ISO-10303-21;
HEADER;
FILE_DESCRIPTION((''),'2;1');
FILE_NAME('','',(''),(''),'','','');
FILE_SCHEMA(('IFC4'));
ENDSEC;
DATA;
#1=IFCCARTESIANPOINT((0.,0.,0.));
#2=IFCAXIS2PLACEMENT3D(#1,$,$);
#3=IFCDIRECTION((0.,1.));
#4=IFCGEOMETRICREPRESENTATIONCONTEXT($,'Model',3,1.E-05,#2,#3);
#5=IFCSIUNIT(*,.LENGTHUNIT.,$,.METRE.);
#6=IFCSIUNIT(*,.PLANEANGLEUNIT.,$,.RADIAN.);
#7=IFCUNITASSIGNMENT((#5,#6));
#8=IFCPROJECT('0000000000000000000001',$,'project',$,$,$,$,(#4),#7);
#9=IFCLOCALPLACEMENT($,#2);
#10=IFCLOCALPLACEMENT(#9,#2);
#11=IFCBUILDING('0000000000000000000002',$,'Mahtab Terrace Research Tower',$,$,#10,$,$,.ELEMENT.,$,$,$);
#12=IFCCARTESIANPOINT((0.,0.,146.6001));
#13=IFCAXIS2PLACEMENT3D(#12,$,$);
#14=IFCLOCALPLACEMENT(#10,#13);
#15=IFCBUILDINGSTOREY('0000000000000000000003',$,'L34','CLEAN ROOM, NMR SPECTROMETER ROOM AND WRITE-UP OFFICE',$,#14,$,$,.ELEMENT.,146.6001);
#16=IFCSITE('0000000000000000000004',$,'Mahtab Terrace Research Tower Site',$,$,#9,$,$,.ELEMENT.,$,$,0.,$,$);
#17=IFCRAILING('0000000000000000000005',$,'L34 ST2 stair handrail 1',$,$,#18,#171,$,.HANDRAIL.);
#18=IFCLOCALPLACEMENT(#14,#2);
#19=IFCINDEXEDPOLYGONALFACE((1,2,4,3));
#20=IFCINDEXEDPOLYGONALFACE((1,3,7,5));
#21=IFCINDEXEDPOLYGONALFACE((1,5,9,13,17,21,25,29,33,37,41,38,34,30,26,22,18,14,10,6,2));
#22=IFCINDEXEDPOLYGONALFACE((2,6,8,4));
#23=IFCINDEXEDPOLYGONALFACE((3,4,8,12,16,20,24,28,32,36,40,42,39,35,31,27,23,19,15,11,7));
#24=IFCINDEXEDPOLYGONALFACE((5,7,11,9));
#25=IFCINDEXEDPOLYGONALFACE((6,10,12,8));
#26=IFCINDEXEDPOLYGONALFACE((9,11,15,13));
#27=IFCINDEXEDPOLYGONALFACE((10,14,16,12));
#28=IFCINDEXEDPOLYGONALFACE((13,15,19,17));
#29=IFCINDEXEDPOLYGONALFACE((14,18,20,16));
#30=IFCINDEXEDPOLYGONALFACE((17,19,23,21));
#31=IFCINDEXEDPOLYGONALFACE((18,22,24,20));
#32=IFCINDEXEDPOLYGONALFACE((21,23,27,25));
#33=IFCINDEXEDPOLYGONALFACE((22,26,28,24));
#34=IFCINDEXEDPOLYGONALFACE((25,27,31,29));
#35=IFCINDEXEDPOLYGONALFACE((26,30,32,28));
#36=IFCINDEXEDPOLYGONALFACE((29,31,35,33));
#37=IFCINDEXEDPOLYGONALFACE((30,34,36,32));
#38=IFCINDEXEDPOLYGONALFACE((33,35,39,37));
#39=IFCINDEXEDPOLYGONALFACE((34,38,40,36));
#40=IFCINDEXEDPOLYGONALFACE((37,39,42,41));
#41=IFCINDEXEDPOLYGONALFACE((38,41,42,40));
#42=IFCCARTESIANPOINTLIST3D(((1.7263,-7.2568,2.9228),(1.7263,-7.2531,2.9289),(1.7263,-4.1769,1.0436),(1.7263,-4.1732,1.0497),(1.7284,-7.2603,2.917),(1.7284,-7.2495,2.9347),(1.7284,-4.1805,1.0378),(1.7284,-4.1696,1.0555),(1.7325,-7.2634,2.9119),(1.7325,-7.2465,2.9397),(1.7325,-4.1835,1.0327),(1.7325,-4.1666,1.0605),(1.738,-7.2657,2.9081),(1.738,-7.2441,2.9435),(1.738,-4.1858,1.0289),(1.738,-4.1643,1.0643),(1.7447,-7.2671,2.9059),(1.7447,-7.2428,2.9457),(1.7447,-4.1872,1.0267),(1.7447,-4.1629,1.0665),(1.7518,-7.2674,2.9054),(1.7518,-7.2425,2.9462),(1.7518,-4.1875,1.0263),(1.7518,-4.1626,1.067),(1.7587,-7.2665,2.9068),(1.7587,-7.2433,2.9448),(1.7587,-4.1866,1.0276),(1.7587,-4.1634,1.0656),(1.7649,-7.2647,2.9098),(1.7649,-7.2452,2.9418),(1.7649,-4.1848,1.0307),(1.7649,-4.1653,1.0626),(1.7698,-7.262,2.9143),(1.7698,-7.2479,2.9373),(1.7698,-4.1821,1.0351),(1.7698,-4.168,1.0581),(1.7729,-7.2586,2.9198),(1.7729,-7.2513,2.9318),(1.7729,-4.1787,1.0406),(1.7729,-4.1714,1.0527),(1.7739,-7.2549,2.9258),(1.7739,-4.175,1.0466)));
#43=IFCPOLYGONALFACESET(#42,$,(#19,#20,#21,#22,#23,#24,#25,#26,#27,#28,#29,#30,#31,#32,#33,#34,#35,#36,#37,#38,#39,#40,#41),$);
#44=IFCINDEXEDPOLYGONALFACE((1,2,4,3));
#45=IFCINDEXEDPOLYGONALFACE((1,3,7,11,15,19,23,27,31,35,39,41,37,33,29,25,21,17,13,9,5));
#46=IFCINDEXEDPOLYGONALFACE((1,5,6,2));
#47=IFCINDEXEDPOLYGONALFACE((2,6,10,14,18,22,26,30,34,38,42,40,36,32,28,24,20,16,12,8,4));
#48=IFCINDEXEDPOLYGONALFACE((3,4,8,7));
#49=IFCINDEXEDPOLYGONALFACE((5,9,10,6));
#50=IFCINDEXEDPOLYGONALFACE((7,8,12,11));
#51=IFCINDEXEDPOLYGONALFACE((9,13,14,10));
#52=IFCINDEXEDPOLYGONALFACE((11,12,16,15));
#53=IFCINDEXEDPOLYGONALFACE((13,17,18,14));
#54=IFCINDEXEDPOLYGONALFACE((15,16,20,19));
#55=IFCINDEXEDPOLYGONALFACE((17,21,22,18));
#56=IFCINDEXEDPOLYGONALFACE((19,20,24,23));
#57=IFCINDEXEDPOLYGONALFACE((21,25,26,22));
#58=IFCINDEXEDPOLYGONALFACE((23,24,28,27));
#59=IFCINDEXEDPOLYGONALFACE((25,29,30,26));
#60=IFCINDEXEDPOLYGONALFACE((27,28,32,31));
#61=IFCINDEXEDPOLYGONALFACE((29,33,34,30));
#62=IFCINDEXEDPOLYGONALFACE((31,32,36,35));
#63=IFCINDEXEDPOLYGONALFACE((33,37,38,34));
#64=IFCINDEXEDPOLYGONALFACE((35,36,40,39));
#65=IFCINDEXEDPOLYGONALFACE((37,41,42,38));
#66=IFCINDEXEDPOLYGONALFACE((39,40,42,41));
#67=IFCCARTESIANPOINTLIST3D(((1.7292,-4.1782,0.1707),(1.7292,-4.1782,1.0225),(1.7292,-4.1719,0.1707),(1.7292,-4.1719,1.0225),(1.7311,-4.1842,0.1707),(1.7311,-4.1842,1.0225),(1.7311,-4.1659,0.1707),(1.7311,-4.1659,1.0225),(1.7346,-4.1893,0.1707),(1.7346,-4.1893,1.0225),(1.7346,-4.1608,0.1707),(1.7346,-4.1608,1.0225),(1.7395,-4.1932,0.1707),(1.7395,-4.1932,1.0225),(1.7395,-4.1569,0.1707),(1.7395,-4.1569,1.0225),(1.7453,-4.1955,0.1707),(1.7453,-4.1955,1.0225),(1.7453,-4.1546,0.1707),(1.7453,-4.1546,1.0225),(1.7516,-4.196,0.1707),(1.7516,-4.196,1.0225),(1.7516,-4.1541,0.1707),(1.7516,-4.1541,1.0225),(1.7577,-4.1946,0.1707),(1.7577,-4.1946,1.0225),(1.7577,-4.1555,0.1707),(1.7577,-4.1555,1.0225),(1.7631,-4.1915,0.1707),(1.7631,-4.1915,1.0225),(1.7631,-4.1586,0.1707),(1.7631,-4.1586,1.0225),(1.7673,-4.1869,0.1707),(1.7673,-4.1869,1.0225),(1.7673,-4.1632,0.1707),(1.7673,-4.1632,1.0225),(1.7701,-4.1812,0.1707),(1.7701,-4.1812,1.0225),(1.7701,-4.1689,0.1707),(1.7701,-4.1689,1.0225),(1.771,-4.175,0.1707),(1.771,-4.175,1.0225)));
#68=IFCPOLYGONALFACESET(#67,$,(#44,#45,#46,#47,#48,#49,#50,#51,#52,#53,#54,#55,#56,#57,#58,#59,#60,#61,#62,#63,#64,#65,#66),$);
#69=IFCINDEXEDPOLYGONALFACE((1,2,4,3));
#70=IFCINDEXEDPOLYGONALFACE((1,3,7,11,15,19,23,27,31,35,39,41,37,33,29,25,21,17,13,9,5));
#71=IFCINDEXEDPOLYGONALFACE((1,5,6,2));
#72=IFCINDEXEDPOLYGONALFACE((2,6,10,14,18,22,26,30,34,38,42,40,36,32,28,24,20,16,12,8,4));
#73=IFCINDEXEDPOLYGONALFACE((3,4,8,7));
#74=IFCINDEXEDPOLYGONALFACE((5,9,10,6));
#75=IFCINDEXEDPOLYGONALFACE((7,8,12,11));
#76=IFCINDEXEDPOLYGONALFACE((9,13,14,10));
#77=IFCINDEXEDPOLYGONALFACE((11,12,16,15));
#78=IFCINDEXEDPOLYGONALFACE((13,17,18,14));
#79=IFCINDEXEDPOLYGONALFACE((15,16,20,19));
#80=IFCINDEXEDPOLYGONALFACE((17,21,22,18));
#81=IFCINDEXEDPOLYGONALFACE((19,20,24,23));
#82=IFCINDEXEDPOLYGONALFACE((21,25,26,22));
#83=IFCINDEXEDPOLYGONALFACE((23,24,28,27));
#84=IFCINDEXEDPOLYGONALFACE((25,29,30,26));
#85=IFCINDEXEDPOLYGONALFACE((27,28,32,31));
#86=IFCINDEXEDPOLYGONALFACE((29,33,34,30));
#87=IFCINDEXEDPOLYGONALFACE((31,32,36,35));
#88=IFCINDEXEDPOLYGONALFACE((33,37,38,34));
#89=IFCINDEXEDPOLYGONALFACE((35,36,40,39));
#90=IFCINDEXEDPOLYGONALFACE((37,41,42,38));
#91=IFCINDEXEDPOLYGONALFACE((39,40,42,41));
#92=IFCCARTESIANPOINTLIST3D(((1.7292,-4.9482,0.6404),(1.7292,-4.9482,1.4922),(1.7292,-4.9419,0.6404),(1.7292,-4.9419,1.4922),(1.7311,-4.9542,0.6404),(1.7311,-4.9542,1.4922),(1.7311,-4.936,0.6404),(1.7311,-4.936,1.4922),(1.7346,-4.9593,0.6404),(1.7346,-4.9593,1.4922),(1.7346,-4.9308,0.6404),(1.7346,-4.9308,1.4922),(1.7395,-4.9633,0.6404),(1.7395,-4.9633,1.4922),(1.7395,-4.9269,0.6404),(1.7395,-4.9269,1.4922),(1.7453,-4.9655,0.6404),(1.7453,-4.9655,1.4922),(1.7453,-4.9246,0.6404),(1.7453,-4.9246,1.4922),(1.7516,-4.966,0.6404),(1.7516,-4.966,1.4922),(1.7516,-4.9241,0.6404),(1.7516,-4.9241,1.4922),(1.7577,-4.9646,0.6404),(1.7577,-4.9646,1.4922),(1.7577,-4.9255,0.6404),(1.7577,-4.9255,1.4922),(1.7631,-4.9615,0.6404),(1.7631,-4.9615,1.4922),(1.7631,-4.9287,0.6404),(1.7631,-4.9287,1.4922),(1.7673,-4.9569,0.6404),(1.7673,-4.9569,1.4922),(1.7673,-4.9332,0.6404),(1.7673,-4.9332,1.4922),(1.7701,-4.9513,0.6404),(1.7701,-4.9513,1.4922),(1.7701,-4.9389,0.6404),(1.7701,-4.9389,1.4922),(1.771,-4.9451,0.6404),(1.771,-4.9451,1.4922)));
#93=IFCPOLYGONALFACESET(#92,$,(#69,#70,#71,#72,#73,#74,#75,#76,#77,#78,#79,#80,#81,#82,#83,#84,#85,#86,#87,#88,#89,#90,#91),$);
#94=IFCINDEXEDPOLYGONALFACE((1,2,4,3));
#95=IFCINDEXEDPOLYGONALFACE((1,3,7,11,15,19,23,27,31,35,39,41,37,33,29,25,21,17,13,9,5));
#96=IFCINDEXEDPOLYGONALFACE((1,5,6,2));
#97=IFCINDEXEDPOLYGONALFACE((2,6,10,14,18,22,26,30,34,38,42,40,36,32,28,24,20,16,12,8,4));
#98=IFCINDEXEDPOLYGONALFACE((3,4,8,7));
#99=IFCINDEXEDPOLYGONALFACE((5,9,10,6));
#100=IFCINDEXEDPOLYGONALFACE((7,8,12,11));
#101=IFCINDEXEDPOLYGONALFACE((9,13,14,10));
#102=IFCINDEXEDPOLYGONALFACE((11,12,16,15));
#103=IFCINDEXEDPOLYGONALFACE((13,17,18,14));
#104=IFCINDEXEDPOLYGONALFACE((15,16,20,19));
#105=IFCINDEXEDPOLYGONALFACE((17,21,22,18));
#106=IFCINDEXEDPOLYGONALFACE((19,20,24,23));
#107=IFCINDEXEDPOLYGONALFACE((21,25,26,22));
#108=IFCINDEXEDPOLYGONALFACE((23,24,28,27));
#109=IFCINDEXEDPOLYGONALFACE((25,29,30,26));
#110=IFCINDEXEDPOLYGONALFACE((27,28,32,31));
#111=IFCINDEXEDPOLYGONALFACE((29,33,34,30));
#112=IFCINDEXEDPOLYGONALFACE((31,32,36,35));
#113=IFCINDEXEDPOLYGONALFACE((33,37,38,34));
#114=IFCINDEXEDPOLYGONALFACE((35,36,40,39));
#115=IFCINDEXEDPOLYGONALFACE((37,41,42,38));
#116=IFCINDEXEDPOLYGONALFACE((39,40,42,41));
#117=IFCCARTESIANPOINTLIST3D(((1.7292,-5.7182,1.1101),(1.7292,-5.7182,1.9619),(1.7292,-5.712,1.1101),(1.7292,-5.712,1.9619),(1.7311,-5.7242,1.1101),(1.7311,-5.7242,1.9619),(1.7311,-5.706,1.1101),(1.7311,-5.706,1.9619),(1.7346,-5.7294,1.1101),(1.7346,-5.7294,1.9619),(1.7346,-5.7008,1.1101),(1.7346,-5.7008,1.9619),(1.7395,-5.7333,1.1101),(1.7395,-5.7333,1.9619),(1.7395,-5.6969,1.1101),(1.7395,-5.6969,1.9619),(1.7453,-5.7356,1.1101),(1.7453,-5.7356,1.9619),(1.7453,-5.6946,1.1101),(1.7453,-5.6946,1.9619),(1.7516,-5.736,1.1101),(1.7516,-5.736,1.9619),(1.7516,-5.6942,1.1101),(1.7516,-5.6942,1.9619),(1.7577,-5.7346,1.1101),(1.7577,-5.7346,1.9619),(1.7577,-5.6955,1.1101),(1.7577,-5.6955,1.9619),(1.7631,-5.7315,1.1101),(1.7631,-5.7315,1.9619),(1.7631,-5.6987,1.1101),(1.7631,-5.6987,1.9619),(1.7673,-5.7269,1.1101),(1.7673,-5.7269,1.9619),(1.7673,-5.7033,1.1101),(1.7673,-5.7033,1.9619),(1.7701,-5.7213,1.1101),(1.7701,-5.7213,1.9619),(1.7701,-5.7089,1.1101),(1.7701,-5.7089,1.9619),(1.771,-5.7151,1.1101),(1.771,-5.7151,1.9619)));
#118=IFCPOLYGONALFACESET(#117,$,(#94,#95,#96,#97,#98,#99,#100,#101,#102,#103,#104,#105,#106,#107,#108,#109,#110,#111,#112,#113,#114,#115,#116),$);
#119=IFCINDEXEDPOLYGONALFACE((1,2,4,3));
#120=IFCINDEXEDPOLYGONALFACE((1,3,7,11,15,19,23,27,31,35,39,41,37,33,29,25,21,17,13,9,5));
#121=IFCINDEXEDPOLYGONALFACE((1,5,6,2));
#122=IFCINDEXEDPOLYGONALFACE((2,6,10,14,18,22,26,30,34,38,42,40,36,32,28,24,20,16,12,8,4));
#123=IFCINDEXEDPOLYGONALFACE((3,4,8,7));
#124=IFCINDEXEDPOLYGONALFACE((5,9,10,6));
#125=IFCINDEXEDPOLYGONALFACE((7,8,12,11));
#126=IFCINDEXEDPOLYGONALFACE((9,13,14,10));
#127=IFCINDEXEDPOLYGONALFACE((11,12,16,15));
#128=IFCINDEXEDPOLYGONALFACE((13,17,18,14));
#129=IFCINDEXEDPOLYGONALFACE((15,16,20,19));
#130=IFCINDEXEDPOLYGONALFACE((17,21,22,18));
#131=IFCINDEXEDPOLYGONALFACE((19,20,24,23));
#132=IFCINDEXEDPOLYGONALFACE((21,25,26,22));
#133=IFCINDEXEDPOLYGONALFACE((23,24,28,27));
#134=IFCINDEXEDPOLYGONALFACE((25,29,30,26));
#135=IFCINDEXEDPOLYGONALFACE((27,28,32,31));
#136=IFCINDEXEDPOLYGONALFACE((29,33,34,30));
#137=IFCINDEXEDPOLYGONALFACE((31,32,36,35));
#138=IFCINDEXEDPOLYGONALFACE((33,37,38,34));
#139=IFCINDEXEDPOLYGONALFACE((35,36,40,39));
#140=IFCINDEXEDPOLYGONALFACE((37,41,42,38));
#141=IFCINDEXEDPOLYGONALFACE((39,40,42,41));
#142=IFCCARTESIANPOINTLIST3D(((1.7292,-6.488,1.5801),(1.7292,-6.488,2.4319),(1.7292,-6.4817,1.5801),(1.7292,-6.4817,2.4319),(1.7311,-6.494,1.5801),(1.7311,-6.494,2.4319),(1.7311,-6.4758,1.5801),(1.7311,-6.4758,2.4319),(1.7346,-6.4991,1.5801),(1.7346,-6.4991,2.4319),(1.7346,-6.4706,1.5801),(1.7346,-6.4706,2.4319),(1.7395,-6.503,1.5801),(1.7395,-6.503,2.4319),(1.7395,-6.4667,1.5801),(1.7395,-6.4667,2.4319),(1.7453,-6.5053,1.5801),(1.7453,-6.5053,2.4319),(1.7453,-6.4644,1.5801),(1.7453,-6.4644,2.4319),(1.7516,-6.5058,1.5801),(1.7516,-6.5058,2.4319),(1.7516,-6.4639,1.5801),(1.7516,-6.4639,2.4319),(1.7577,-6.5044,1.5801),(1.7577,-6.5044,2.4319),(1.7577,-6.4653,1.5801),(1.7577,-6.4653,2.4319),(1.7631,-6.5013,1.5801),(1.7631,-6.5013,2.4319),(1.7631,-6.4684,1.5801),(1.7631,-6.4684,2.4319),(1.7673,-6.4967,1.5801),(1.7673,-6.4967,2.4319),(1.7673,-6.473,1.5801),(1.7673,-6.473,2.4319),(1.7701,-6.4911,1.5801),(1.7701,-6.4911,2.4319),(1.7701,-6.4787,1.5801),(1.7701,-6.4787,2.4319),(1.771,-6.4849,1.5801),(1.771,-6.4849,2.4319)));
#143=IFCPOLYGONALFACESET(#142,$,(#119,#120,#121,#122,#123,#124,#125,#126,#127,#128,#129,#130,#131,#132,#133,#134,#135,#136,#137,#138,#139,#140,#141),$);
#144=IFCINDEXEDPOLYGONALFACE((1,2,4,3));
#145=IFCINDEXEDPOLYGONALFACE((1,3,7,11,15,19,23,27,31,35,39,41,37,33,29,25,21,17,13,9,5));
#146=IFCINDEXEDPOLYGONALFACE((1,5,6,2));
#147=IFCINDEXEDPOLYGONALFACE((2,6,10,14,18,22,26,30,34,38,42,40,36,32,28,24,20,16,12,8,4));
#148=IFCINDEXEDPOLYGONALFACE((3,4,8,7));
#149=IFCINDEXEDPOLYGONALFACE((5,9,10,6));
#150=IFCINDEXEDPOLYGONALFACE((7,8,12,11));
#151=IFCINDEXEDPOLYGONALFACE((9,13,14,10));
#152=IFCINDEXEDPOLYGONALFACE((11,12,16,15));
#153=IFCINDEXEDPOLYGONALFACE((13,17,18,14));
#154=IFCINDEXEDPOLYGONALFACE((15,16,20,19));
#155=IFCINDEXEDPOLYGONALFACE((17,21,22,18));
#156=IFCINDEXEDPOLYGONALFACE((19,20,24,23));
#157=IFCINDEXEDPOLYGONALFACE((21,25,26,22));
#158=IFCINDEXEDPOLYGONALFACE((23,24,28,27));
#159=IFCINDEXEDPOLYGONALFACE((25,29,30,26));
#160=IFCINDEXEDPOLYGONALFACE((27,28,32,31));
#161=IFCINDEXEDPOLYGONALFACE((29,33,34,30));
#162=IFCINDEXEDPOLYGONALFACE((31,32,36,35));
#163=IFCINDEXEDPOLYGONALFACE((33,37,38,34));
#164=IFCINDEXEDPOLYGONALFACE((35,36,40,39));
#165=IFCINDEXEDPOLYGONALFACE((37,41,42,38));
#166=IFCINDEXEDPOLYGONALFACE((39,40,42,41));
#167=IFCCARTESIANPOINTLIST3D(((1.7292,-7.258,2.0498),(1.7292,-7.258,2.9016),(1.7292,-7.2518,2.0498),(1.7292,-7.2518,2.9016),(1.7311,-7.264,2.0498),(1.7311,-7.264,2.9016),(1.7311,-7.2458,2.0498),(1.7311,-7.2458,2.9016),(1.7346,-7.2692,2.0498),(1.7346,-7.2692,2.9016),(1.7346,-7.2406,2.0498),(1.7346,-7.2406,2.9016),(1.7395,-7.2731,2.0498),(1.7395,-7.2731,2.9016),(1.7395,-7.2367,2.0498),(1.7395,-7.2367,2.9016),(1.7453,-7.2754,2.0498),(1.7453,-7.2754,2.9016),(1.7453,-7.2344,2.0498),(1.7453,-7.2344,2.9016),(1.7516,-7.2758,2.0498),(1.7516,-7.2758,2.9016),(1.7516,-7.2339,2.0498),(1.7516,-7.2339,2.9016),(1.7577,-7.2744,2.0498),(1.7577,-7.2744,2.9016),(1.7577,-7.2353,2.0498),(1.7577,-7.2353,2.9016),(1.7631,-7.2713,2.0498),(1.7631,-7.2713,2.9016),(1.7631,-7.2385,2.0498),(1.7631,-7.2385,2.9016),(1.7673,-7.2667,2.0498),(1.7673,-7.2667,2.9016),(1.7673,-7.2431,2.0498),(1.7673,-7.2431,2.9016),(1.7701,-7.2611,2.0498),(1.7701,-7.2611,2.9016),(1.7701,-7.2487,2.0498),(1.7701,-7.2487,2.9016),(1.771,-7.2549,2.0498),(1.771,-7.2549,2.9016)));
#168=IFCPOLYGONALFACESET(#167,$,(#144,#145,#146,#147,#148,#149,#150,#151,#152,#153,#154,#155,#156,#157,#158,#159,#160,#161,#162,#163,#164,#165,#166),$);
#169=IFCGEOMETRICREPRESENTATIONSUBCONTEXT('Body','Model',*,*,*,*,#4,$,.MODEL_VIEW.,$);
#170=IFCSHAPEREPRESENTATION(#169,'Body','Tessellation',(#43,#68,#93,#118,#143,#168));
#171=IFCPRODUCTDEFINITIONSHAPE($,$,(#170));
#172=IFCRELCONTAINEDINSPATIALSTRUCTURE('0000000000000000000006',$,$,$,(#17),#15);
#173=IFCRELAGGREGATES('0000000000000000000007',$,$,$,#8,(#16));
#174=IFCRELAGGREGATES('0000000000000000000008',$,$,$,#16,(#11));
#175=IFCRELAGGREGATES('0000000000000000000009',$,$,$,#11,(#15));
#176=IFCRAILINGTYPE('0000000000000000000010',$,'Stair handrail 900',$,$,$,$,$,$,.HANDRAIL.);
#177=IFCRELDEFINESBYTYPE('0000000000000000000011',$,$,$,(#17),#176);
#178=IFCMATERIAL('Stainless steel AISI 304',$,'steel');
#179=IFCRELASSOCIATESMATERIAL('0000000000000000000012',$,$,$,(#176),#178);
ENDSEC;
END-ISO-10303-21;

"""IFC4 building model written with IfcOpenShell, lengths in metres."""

from ifc_helpers import new_model, si_unit, direction, frame, origin, origin_2d, place, context, subcontext, project, spatial, circle, extrude, material, type_object, element, save


model = new_model("IFC4")

# Units and contexts
model_context = context("Model", 3, precision=1e-05, world=origin(), true_north=direction((0.0, 1.0)))
body_context = subcontext(model_context, "Body", "Model", "MODEL_VIEW")
ifc_project = project(units=[si_unit("LENGTHUNIT", "METRE"), si_unit("PLANEANGLEUNIT", "RADIAN")], contexts=[model_context])

# Site, building, storey
site_placement = place(None, origin())
site = spatial("IfcSite", under=ifc_project, at=site_placement, Name="Mahtab Terrace Research Tower Site", CompositionType="ELEMENT", RefElevation=0.0)
building_placement = place(site_placement, origin())
building = spatial("IfcBuilding", under=site, at=building_placement, Name="Mahtab Terrace Research Tower", CompositionType="ELEMENT")
storey_placement = place(building_placement, frame((0.0, 0.0, 146.6001)))
storey = spatial("IfcBuildingStorey", under=building, at=storey_placement, Name="L34", Description="CLEAN ROOM, NMR SPECTROMETER ROOM AND WRITE-UP OFFICE", CompositionType="ELEMENT", Elevation=146.6001)

# Railing
ifc_material_1 = material(Name="Stainless steel AISI 304", Category="steel")
railing_type_1 = type_object("IfcRailingType", Name="Stair handrail 900", PredefinedType="HANDRAIL", material=ifc_material_1)
railing_1_placement = place(storey_placement, frame((1.75, -4.175, 0.1707)))
element("IfcRailing", 1, at=railing_1_placement, inside=storey, type_object=railing_type_1, Name="L34 ST2 stair handrail 1", PredefinedType="HANDRAIL", context=body_context, shape_type="SweptSolid", body=[
    extrude(circle(Radius=0.0239, at=origin_2d()), frame((0.0, 0.0, 0.876), z_axis=(0.0, -0.853648, 0.52085), x_axis=(1.0, 0.0, 0.0)), (0.0, 0.0, 1.0), 3.6079),
    extrude(circle(Radius=0.021, at=origin_2d()), origin(), (0.0, 0.0, 1.0), 0.8518),
    extrude(circle(Radius=0.021, at=origin_2d()), frame((0.0, -0.77, 0.4697)), (0.0, 0.0, 1.0), 0.8518),
    extrude(circle(Radius=0.021, at=origin_2d()), frame((0.0, -1.54, 0.9395)), (0.0, 0.0, 1.0), 0.8518),
    extrude(circle(Radius=0.021, at=origin_2d()), frame((0.0, -2.3098, 1.4094)), (0.0, 0.0, 1.0), 0.8518),
    extrude(circle(Radius=0.021, at=origin_2d()), frame((0.0, -3.0798, 1.8792)), (0.0, 0.0, 1.0), 0.8518),
])

save(model, "model.ifc")
